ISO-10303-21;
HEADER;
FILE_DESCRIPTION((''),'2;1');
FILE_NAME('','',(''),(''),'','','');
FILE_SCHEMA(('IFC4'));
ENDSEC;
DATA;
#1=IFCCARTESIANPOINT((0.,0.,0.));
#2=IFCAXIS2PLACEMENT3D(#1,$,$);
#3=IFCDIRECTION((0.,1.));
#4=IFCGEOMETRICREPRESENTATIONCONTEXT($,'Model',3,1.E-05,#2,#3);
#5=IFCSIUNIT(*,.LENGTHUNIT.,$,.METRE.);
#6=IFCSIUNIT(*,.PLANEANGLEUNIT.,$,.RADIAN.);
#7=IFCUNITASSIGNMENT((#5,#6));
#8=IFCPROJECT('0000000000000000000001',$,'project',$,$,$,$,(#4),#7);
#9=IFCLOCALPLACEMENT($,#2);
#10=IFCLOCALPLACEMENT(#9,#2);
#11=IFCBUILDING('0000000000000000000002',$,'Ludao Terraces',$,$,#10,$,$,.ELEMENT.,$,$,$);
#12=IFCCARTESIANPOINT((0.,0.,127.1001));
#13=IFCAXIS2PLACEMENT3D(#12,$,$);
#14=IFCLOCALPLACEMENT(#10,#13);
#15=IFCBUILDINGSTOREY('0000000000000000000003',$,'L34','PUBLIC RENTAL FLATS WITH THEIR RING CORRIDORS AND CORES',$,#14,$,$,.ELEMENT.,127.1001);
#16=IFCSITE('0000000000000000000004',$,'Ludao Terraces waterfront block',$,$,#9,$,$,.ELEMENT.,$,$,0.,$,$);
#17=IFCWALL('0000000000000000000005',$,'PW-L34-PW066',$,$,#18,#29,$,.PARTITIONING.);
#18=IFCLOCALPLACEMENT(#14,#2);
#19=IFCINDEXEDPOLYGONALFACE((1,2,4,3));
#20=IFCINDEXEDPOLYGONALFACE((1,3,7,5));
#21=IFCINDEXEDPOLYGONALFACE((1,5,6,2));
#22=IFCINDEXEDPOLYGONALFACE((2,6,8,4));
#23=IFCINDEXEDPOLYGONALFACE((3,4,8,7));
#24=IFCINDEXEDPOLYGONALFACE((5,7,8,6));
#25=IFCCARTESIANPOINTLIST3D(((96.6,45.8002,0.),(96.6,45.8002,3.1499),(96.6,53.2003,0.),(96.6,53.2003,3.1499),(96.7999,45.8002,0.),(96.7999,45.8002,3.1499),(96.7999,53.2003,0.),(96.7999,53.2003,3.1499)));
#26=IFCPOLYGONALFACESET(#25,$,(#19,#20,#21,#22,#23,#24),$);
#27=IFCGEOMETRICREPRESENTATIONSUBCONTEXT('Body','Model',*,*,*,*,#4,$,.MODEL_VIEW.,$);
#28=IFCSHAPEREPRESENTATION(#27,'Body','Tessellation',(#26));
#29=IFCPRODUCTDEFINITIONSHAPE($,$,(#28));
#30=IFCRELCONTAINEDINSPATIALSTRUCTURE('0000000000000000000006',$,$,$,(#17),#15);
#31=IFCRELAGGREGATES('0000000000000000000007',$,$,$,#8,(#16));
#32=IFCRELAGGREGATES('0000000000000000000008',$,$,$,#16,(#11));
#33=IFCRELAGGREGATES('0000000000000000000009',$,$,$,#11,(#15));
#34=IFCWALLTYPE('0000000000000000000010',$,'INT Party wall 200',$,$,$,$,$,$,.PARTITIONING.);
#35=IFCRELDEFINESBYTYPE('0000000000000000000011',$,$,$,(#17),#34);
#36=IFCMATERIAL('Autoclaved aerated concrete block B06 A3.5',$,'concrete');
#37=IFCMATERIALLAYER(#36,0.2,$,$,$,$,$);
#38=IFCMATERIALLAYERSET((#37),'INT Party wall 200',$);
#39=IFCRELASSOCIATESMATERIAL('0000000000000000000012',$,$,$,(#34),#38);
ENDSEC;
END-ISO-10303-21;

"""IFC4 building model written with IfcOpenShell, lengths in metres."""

from ifc_helpers import new_model, si_unit, direction, frame, frame_2d, origin, place, context, subcontext, project, spatial, rectangle, extrude, material, layer, layer_set, type_object, element, save


model = new_model("IFC4")

# Units and contexts
model_context = context("Model", 3, precision=1e-05, world=origin(), true_north=direction((0.0, 1.0)))
body_context = subcontext(model_context, "Body", "Model", "MODEL_VIEW")
ifc_project = project(units=[si_unit("LENGTHUNIT", "METRE"), si_unit("PLANEANGLEUNIT", "RADIAN")], contexts=[model_context])

# Site, building, storey
site_placement = place(None, origin())
site = spatial("IfcSite", under=ifc_project, at=site_placement, Name="Ludao Terraces waterfront block", CompositionType="ELEMENT", RefElevation=0.0)
building_placement = place(site_placement, origin())
building = spatial("IfcBuilding", under=site, at=building_placement, Name="Ludao Terraces", CompositionType="ELEMENT")
storey_placement = place(building_placement, frame((0.0, 0.0, 127.1001)))
storey = spatial("IfcBuildingStorey", under=building, at=storey_placement, Name="L34", Description="PUBLIC RENTAL FLATS WITH THEIR RING CORRIDORS AND CORES", CompositionType="ELEMENT", Elevation=127.1001)

# Wall
ifc_material_1 = material(Name="Autoclaved aerated concrete block B06 A3.5", Category="concrete")
ifc_layer_1 = layer(ifc_material_1, 0.2)
ifc_layer_set_1 = layer_set([ifc_layer_1], Name="INT Party wall 200")
wall_type_1 = type_object("IfcWallType", Name="INT Party wall 200", PredefinedType="PARTITIONING", material=ifc_layer_set_1)
wall_1_placement = place(storey_placement, frame((96.7, 45.8, 0.0), z_axis=(0.0, 0.0, 1.0), x_axis=(0.0, 1.0, 0.0)))
element("IfcWall", 1, at=wall_1_placement, inside=storey, type_object=wall_type_1, Name="PW-L34-PW066", PredefinedType="PARTITIONING", context=body_context, shape_type="SweptSolid", body=[
    extrude(rectangle(XDim=7.4001, YDim=0.2, at=frame_2d((3.7002, 0.0))), origin(), (0.0, 0.0, 1.0), 3.1499),
])

save(model, "model.ifc")
